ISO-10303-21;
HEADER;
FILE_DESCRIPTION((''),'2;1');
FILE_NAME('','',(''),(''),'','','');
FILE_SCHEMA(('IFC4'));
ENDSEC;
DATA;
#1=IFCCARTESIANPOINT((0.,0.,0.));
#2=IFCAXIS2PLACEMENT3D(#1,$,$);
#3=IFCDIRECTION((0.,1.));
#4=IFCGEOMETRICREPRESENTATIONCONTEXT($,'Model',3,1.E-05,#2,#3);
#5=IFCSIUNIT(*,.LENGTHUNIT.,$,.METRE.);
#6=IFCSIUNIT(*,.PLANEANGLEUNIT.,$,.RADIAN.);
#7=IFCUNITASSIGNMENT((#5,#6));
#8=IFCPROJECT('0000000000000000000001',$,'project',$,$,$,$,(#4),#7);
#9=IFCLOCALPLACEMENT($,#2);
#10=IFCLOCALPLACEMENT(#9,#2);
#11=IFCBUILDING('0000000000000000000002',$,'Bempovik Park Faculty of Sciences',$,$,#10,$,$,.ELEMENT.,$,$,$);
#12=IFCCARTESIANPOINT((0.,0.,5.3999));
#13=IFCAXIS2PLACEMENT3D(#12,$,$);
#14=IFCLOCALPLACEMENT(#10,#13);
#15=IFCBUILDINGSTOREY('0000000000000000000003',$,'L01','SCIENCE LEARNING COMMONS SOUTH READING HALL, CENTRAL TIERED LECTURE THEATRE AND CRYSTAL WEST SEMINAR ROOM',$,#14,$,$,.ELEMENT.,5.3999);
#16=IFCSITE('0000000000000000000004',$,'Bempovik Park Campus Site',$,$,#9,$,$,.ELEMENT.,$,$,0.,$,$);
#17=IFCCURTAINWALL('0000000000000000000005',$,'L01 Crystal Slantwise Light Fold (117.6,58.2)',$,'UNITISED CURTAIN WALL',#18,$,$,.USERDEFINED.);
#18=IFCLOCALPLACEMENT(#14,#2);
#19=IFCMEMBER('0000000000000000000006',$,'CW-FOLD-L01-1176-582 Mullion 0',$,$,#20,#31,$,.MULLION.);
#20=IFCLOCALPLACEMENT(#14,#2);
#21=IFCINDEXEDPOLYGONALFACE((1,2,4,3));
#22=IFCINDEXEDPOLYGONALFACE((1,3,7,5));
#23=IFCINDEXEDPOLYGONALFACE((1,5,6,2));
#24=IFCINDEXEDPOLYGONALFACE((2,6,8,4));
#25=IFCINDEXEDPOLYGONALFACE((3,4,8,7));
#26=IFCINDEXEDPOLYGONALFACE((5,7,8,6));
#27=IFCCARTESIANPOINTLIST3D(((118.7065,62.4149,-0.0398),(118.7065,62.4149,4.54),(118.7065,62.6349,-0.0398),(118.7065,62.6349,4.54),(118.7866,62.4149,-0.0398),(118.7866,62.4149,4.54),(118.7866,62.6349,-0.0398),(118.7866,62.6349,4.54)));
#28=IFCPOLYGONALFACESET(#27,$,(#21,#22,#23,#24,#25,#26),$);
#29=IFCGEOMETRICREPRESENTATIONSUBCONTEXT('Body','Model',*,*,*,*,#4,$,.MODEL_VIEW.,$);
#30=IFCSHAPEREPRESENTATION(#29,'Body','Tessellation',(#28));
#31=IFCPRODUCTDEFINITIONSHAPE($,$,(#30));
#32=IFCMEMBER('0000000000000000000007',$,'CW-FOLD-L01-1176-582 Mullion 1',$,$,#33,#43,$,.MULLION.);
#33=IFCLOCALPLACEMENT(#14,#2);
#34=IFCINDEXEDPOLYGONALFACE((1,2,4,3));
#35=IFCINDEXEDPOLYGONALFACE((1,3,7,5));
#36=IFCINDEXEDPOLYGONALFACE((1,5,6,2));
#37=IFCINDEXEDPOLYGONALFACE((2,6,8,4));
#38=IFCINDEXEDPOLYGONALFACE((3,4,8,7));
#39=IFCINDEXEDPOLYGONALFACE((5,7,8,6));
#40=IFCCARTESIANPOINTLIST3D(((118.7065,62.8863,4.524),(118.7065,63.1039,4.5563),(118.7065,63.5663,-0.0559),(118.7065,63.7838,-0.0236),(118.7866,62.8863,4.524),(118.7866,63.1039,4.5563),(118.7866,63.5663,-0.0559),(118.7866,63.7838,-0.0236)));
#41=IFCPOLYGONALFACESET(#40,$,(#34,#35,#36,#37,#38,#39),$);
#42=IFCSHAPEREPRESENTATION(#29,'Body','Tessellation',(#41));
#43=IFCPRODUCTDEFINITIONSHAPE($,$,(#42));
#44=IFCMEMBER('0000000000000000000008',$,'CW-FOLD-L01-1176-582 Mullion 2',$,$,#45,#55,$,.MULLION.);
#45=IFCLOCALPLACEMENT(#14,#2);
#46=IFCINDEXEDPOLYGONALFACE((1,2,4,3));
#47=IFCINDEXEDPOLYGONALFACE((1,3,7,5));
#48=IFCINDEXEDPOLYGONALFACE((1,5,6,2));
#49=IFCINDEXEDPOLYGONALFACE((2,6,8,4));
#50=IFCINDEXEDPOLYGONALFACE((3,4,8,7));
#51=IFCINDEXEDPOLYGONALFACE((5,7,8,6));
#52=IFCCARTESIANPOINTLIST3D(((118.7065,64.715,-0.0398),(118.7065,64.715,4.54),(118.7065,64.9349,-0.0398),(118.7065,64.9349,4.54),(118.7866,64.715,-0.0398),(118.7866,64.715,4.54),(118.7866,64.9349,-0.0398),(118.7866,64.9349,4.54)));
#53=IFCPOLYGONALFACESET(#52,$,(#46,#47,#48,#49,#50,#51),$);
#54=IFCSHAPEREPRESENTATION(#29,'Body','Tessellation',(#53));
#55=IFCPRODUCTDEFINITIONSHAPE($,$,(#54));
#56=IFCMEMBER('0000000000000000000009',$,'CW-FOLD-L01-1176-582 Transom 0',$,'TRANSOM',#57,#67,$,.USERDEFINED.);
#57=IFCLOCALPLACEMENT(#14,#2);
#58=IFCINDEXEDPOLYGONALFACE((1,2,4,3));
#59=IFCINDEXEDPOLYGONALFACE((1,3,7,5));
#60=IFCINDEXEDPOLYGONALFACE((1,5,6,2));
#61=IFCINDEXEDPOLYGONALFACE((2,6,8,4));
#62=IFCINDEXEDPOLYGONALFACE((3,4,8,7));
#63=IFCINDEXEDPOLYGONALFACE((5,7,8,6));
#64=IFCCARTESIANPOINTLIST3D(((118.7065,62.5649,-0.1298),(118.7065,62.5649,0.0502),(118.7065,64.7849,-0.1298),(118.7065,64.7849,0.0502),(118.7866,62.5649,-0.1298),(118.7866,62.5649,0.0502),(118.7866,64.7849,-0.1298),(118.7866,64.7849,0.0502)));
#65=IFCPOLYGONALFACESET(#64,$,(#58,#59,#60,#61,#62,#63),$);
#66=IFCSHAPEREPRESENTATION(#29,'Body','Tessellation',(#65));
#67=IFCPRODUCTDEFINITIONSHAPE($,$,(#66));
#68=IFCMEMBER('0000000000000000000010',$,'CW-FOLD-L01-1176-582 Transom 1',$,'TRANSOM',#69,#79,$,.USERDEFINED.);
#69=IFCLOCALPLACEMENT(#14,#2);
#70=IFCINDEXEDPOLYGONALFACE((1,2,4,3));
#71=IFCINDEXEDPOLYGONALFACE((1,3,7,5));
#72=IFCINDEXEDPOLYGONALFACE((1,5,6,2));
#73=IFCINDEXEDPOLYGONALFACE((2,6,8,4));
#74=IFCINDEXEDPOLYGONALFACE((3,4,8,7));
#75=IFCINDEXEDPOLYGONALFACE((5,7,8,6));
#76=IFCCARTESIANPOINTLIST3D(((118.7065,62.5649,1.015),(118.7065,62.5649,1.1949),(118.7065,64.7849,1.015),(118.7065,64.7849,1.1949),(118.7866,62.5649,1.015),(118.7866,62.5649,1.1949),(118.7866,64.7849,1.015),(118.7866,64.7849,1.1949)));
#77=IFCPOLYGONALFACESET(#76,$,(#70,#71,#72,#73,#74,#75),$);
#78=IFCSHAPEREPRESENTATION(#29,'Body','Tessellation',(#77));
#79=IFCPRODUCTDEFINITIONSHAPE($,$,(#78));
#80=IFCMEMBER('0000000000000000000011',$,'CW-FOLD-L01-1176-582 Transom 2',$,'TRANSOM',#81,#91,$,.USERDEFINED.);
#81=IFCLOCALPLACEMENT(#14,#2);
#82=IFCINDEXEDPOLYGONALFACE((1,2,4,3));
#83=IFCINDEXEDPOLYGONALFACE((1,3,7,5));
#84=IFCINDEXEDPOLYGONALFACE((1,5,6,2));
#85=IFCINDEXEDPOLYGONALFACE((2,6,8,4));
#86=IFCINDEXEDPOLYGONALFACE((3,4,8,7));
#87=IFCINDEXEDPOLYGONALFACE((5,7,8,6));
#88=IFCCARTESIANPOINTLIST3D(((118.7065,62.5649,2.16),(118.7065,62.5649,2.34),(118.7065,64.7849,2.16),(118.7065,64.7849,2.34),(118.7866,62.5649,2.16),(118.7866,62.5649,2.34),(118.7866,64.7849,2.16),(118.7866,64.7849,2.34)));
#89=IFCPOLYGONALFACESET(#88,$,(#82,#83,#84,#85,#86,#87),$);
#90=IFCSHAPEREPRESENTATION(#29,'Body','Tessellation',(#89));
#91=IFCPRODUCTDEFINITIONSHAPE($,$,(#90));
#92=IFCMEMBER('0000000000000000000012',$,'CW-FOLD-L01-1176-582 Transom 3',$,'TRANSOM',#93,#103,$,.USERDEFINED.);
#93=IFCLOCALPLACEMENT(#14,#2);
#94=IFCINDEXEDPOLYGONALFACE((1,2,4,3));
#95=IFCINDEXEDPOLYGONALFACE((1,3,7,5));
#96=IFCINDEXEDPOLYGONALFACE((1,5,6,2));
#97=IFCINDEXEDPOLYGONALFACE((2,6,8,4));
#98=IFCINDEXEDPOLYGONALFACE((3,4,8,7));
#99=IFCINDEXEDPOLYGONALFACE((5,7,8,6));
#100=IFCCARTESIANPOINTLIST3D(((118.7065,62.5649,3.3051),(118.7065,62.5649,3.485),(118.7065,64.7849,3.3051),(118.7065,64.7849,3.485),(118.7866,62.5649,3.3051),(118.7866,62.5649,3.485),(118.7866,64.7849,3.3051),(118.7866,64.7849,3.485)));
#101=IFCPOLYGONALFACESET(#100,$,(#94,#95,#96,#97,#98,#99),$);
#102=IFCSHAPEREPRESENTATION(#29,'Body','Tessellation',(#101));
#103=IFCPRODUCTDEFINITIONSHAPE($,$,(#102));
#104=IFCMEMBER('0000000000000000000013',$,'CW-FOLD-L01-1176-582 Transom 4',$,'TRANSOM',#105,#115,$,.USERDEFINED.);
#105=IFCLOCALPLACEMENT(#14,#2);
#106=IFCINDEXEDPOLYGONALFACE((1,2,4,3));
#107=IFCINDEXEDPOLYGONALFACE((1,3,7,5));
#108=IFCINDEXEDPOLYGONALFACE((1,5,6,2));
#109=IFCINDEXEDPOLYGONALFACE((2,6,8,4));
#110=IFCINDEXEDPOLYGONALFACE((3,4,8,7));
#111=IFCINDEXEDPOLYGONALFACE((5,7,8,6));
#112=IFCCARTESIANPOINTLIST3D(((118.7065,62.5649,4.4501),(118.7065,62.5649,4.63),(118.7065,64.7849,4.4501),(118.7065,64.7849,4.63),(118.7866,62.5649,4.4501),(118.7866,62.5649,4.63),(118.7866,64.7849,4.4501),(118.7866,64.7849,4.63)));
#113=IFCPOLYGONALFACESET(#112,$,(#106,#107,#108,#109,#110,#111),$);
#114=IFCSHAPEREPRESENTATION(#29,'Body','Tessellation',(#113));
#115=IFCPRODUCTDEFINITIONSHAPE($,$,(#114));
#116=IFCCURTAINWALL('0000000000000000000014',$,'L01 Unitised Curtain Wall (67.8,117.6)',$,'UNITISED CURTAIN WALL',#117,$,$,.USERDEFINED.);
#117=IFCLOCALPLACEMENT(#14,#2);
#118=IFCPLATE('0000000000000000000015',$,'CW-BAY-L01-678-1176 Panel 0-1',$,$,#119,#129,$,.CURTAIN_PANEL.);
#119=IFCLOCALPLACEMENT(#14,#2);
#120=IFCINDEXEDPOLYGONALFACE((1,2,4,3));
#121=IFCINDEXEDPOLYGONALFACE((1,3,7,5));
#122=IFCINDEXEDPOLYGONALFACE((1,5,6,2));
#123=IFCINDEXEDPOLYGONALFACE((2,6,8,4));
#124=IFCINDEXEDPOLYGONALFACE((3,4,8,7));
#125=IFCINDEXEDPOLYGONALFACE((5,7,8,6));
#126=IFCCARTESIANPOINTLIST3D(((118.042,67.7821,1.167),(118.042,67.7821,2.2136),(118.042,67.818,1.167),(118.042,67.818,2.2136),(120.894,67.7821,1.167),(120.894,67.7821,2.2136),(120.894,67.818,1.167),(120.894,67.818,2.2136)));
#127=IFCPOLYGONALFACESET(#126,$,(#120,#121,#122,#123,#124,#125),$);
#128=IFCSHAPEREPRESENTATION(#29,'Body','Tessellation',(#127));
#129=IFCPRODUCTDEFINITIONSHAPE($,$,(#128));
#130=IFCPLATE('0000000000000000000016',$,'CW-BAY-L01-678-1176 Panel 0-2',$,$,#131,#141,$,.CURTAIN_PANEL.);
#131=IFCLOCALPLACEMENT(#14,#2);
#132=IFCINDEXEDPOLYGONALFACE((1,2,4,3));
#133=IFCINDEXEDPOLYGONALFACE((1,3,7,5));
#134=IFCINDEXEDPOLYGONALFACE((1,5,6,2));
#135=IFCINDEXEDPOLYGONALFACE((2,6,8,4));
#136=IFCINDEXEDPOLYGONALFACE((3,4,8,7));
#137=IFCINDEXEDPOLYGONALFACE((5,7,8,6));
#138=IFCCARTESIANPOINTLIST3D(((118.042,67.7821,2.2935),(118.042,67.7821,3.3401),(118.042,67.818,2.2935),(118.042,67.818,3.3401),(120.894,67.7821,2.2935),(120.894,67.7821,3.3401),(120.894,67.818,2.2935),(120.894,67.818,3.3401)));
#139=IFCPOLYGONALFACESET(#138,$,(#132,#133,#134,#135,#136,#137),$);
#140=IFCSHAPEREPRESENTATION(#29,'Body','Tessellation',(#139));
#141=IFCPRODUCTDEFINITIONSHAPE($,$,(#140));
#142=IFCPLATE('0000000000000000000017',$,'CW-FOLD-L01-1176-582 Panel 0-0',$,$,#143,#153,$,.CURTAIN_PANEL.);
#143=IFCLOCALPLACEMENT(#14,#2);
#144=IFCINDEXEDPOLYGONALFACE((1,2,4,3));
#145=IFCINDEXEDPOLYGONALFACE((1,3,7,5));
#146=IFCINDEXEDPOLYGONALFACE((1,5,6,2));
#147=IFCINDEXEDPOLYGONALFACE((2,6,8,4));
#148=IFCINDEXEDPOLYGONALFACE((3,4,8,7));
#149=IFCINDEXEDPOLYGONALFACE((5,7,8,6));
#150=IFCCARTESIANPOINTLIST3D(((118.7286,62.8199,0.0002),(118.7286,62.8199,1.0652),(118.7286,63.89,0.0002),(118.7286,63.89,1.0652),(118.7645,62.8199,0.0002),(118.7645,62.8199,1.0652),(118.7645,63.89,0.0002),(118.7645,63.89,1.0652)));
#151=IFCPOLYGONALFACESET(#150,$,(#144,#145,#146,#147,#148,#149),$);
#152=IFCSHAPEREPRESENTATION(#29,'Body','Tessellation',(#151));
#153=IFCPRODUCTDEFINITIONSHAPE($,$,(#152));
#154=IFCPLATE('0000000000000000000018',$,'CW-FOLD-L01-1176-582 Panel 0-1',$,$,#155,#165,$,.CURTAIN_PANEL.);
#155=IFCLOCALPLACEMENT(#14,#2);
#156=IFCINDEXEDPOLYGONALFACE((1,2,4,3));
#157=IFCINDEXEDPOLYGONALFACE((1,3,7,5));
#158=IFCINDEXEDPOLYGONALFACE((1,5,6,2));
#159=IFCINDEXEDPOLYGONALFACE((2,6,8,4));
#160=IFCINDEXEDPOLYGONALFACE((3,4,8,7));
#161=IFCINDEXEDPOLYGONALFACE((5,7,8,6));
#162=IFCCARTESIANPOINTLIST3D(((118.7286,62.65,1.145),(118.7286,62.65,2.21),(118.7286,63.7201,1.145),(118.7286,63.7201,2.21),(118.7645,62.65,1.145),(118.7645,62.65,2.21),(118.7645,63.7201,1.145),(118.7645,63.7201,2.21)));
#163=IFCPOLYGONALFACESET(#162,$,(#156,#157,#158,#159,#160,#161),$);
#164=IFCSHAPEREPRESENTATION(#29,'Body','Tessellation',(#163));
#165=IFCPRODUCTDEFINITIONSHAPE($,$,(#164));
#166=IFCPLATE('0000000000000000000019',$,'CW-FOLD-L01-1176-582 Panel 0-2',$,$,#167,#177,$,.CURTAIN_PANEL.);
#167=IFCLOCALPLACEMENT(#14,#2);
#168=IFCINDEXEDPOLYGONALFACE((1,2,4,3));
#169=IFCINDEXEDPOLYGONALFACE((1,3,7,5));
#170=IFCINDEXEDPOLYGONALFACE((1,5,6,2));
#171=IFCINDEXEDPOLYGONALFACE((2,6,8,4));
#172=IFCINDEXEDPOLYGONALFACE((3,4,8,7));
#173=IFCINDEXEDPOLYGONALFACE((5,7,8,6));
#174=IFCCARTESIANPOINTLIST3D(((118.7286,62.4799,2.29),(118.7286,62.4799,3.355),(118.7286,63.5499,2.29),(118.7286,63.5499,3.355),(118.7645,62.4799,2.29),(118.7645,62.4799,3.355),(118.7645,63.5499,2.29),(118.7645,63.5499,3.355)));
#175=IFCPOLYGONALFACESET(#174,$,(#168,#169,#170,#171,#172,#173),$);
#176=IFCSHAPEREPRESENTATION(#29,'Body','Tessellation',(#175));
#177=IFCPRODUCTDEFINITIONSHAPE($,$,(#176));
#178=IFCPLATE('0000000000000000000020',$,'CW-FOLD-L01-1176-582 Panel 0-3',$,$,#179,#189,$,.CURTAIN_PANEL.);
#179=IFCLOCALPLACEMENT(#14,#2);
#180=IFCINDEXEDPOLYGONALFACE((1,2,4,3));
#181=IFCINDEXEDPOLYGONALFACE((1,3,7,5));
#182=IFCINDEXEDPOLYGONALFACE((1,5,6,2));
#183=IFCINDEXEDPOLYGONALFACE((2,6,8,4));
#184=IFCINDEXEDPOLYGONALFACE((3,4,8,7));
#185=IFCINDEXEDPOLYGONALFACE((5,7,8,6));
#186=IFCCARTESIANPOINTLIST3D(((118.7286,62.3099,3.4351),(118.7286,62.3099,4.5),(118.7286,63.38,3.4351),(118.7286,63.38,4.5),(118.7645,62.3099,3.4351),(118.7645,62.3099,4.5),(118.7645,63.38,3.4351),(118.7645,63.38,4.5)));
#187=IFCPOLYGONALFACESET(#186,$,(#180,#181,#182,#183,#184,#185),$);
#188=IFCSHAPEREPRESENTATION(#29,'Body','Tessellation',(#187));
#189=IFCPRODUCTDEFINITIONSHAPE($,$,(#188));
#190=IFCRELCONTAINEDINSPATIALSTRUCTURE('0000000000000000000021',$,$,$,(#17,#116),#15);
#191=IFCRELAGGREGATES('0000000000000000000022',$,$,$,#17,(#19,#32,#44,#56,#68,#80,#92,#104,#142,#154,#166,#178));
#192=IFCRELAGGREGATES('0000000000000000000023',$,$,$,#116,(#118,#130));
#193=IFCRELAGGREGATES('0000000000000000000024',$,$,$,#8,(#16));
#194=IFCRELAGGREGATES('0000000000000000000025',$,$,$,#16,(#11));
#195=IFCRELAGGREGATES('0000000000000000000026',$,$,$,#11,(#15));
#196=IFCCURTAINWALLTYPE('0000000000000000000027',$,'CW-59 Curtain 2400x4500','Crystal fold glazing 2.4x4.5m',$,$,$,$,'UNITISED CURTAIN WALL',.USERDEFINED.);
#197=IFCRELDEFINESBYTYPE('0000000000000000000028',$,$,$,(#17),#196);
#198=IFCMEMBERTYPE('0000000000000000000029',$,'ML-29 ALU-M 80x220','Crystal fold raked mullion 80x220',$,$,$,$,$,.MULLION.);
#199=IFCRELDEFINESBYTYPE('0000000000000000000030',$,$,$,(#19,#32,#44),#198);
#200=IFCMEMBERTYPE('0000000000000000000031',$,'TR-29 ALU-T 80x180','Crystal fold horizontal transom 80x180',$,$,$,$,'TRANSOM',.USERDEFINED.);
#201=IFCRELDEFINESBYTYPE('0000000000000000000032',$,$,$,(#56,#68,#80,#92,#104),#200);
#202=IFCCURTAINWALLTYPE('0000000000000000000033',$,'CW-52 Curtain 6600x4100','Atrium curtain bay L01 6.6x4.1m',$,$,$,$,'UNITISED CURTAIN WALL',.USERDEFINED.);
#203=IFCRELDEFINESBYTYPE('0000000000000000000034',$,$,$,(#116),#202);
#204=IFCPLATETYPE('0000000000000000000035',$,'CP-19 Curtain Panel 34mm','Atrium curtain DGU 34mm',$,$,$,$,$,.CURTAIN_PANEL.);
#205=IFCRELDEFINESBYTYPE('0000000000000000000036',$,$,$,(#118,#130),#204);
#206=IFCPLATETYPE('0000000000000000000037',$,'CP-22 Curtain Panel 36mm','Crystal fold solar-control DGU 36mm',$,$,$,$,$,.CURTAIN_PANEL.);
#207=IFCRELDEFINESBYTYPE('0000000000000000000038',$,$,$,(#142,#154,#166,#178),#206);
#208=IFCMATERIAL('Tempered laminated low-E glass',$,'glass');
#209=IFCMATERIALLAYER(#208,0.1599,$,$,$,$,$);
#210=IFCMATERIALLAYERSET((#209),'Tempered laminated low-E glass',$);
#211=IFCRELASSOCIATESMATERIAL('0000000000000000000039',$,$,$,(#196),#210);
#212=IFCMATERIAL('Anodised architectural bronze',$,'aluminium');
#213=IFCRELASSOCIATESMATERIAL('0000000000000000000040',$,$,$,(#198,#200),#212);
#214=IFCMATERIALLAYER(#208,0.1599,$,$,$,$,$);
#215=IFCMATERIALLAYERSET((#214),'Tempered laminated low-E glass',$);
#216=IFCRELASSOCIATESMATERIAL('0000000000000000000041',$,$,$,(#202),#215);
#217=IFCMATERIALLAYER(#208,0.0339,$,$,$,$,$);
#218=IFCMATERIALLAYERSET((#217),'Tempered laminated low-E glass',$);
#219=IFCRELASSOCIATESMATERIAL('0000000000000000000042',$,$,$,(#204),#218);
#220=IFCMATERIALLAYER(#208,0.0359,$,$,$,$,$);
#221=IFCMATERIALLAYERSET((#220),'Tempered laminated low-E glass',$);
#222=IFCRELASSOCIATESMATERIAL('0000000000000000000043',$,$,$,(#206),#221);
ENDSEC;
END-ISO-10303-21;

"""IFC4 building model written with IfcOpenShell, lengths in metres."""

from ifc_helpers import new_model, si_unit, direction, frame, origin, origin_2d, place, context, subcontext, project, spatial, rectangle, extrude, material, layer, layer_set, material_profile, profile_set, type_object, element, aggregate, save


model = new_model("IFC4")

# Units and contexts
model_context = context("Model", 3, precision=1e-05, world=origin(), true_north=direction((0.0, 1.0)))
body_context = subcontext(model_context, "Body", "Model", "MODEL_VIEW")
ifc_project = project(units=[si_unit("LENGTHUNIT", "METRE"), si_unit("PLANEANGLEUNIT", "RADIAN")], contexts=[model_context])

# Site, building, storey
site_placement = place(None, origin())
site = spatial("IfcSite", under=ifc_project, at=site_placement, Name="Bempovik Park Campus Site", CompositionType="ELEMENT", RefElevation=0.0)
building_placement = place(site_placement, origin())
building = spatial("IfcBuilding", under=site, at=building_placement, Name="Bempovik Park Faculty of Sciences", CompositionType="ELEMENT")
storey_placement = place(building_placement, frame((0.0, 0.0, 5.3999)))
storey = spatial("IfcBuildingStorey", under=building, at=storey_placement, Name="L01", Description="SCIENCE LEARNING COMMONS SOUTH READING HALL, CENTRAL TIERED LECTURE THEATRE AND CRYSTAL WEST SEMINAR ROOM", CompositionType="ELEMENT", Elevation=5.3999)

# Curtain wall, members
ifc_material_1 = material(Name="Tempered laminated low-E glass", Category="glass")
ifc_layer_1 = layer(ifc_material_1, 0.1599)
ifc_layer_set_1 = layer_set([ifc_layer_1], Name="Tempered laminated low-E glass")
curtain_wall_type_1 = type_object("IfcCurtainWallType", Name="CW-59 Curtain 2400x4500", Description="Crystal fold glazing 2.4x4.5m", ElementType="UNITISED CURTAIN WALL", PredefinedType="USERDEFINED", material=ifc_layer_set_1)
curtain_wall_1_placement = place(storey_placement, origin())
curtain_wall_1 = element("IfcCurtainWall", 1, at=curtain_wall_1_placement, inside=storey, type_object=curtain_wall_type_1, Name="L01 Crystal Slantwise Light Fold (117.6,58.2)", ObjectType="UNITISED CURTAIN WALL", PredefinedType="USERDEFINED")
ifc_material_2 = material(Name="Anodised architectural bronze", Category="aluminium")
ifc_material_profile_1 = material_profile(ifc_material_2, rectangle(XDim=0.0801, YDim=0.22, at=origin_2d()), Name="ALU-M 80x220")
ifc_profile_set_1 = profile_set([ifc_material_profile_1], Name="Anodised architectural bronze")
member_type_1 = type_object("IfcMemberType", Name="ML-29 ALU-M 80x220", Description="Crystal fold raked mullion 80x220", PredefinedType="MULLION", material=ifc_profile_set_1)
member_1_placement = place(storey_placement, frame((118.7466, 62.5249, -0.0398), z_axis=(0.0, 0.0, 1.0), x_axis=(1.0, 0.0, 0.0)))
member_1 = element("IfcMember", 2, at=member_1_placement, type_object=member_type_1, Name="CW-FOLD-L01-1176-582 Mullion 0", PredefinedType="MULLION", context=body_context, shape_type="SweptSolid", body=[
    extrude(rectangle(XDim=0.0801, YDim=0.22, at=origin_2d()), origin(), (0.0, 0.0, 1.0), 4.5798),
])
member_2_placement = place(storey_placement, frame((118.7466, 63.675, -0.0398), z_axis=(0.0, -0.146853, 0.989158), x_axis=(1.0, 0.0, 0.0)))
member_2 = element("IfcMember", 3, at=member_2_placement, type_object=member_type_1, Name="CW-FOLD-L01-1176-582 Mullion 1", PredefinedType="MULLION", context=body_context, shape_type="SweptSolid", body=[
    extrude(rectangle(XDim=0.0801, YDim=0.22, at=origin_2d()), origin(), (0.0, 0.0, 1.0), 4.6301),
])
member_3_placement = place(storey_placement, frame((118.7466, 64.825, -0.0398), z_axis=(0.0, 0.0, 1.0), x_axis=(1.0, 0.0, 0.0)))
member_3 = element("IfcMember", 4, at=member_3_placement, type_object=member_type_1, Name="CW-FOLD-L01-1176-582 Mullion 2", PredefinedType="MULLION", context=body_context, shape_type="SweptSolid", body=[
    extrude(rectangle(XDim=0.0801, YDim=0.22, at=origin_2d()), origin(), (0.0, 0.0, 1.0), 4.5798),
])
ifc_material_profile_2 = material_profile(ifc_material_2, rectangle(XDim=0.0801, YDim=0.1799, at=origin_2d()), Name="ALU-T 80x180")
ifc_profile_set_2 = profile_set([ifc_material_profile_2], Name="Anodised architectural bronze")
member_type_2 = type_object("IfcMemberType", Name="TR-29 ALU-T 80x180", Description="Crystal fold horizontal transom 80x180", ElementType="TRANSOM", PredefinedType="USERDEFINED", material=ifc_profile_set_2)
member_4_placement = place(storey_placement, frame((118.7466, 62.5649, -0.0398), z_axis=(0.0, 1.0, 0.0), x_axis=(-1.0, 0.0, 0.0)))
member_4 = element("IfcMember", 5, at=member_4_placement, type_object=member_type_2, Name="CW-FOLD-L01-1176-582 Transom 0", ObjectType="TRANSOM", PredefinedType="USERDEFINED", context=body_context, shape_type="SweptSolid", body=[
    extrude(rectangle(XDim=0.0801, YDim=0.1799, at=origin_2d()), origin(), (0.0, 0.0, 1.0), 2.22),
])
member_5_placement = place(storey_placement, frame((118.7466, 62.5649, 1.105), z_axis=(0.0, 1.0, 0.0), x_axis=(-1.0, 0.0, 0.0)))
member_5 = element("IfcMember", 6, at=member_5_placement, type_object=member_type_2, Name="CW-FOLD-L01-1176-582 Transom 1", ObjectType="TRANSOM", PredefinedType="USERDEFINED", context=body_context, shape_type="SweptSolid", body=[
    extrude(rectangle(XDim=0.0801, YDim=0.1799, at=origin_2d()), origin(), (0.0, 0.0, 1.0), 2.22),
])
member_6_placement = place(storey_placement, frame((118.7466, 62.5649, 2.25), z_axis=(0.0, 1.0, 0.0), x_axis=(-1.0, 0.0, 0.0)))
member_6 = element("IfcMember", 7, at=member_6_placement, type_object=member_type_2, Name="CW-FOLD-L01-1176-582 Transom 2", ObjectType="TRANSOM", PredefinedType="USERDEFINED", context=body_context, shape_type="SweptSolid", body=[
    extrude(rectangle(XDim=0.0801, YDim=0.1799, at=origin_2d()), origin(), (0.0, 0.0, 1.0), 2.22),
])
member_7_placement = place(storey_placement, frame((118.7466, 62.5649, 3.395), z_axis=(0.0, 1.0, 0.0), x_axis=(-1.0, 0.0, 0.0)))
member_7 = element("IfcMember", 8, at=member_7_placement, type_object=member_type_2, Name="CW-FOLD-L01-1176-582 Transom 3", ObjectType="TRANSOM", PredefinedType="USERDEFINED", context=body_context, shape_type="SweptSolid", body=[
    extrude(rectangle(XDim=0.0801, YDim=0.1799, at=origin_2d()), origin(), (0.0, 0.0, 1.0), 2.22),
])
member_8_placement = place(storey_placement, frame((118.7466, 62.5649, 4.54), z_axis=(0.0, 1.0, 0.0), x_axis=(-1.0, 0.0, 0.0)))
member_8 = element("IfcMember", 9, at=member_8_placement, type_object=member_type_2, Name="CW-FOLD-L01-1176-582 Transom 4", ObjectType="TRANSOM", PredefinedType="USERDEFINED", context=body_context, shape_type="SweptSolid", body=[
    extrude(rectangle(XDim=0.0801, YDim=0.1799, at=origin_2d()), origin(), (0.0, 0.0, 1.0), 2.22),
])

# Curtain wall, plates
ifc_layer_2 = layer(ifc_material_1, 0.1599)
ifc_layer_set_2 = layer_set([ifc_layer_2], Name="Tempered laminated low-E glass")
curtain_wall_type_2 = type_object("IfcCurtainWallType", Name="CW-52 Curtain 6600x4100", Description="Atrium curtain bay L01 6.6x4.1m", ElementType="UNITISED CURTAIN WALL", PredefinedType="USERDEFINED", material=ifc_layer_set_2)
curtain_wall_2_placement = place(storey_placement, origin())
curtain_wall_2 = element("IfcCurtainWall", 10, at=curtain_wall_2_placement, inside=storey, type_object=curtain_wall_type_2, Name="L01 Unitised Curtain Wall (67.8,117.6)", ObjectType="UNITISED CURTAIN WALL", PredefinedType="USERDEFINED")
ifc_layer_3 = layer(ifc_material_1, 0.0339)
ifc_layer_set_3 = layer_set([ifc_layer_3], Name="Tempered laminated low-E glass")
plate_type_1 = type_object("IfcPlateType", Name="CP-19 Curtain Panel 34mm", Description="Atrium curtain DGU 34mm", PredefinedType="CURTAIN_PANEL", material=ifc_layer_set_3)
plate_1_placement = place(storey_placement, frame((119.468, 67.8, 1.167), z_axis=(0.0, 0.0, 1.0), x_axis=(1.0, 0.0, 0.0)))
plate_1 = element("IfcPlate", 11, at=plate_1_placement, type_object=plate_type_1, Name="CW-BAY-L01-678-1176 Panel 0-1", PredefinedType="CURTAIN_PANEL", context=body_context, shape_type="SweptSolid", body=[
    extrude(rectangle(XDim=2.8521, YDim=0.0359, at=origin_2d()), origin(), (0.0, 0.0, 1.0), 1.0466),
])
plate_2_placement = place(storey_placement, frame((119.468, 67.8, 2.2935), z_axis=(0.0, 0.0, 1.0), x_axis=(1.0, 0.0, 0.0)))
plate_2 = element("IfcPlate", 12, at=plate_2_placement, type_object=plate_type_1, Name="CW-BAY-L01-678-1176 Panel 0-2", PredefinedType="CURTAIN_PANEL", context=body_context, shape_type="SweptSolid", body=[
    extrude(rectangle(XDim=2.8521, YDim=0.0359, at=origin_2d()), origin(), (0.0, 0.0, 1.0), 1.0466),
])

# Plates
ifc_layer_4 = layer(ifc_material_1, 0.0359)
ifc_layer_set_4 = layer_set([ifc_layer_4], Name="Tempered laminated low-E glass")
plate_type_2 = type_object("IfcPlateType", Name="CP-22 Curtain Panel 36mm", Description="Crystal fold solar-control DGU 36mm", PredefinedType="CURTAIN_PANEL", material=ifc_layer_set_4)
plate_3_placement = place(storey_placement, frame((118.7466, 63.355, 0.0002), z_axis=(0.0, 0.0, 1.0), x_axis=(0.0, 1.0, 0.0)))
plate_3 = element("IfcPlate", 13, at=plate_3_placement, type_object=plate_type_2, Name="CW-FOLD-L01-1176-582 Panel 0-0", PredefinedType="CURTAIN_PANEL", context=body_context, shape_type="SweptSolid", body=[
    extrude(rectangle(XDim=1.0701, YDim=0.0359, at=origin_2d()), origin(), (0.0, 0.0, 1.0), 1.0649),
])
plate_4_placement = place(storey_placement, frame((118.7466, 63.1851, 1.145), z_axis=(0.0, 0.0, 1.0), x_axis=(0.0, 1.0, 0.0)))
plate_4 = element("IfcPlate", 14, at=plate_4_placement, type_object=plate_type_2, Name="CW-FOLD-L01-1176-582 Panel 0-1", PredefinedType="CURTAIN_PANEL", context=body_context, shape_type="SweptSolid", body=[
    extrude(rectangle(XDim=1.0701, YDim=0.0359, at=origin_2d()), origin(), (0.0, 0.0, 1.0), 1.0649),
])
plate_5_placement = place(storey_placement, frame((118.7466, 63.0149, 2.29), z_axis=(0.0, 0.0, 1.0), x_axis=(0.0, 1.0, 0.0)))
plate_5 = element("IfcPlate", 15, at=plate_5_placement, type_object=plate_type_2, Name="CW-FOLD-L01-1176-582 Panel 0-2", PredefinedType="CURTAIN_PANEL", context=body_context, shape_type="SweptSolid", body=[
    extrude(rectangle(XDim=1.0701, YDim=0.0359, at=origin_2d()), origin(), (0.0, 0.0, 1.0), 1.0649),
])
plate_6_placement = place(storey_placement, frame((118.7466, 62.845, 3.4351), z_axis=(0.0, 0.0, 1.0), x_axis=(0.0, 1.0, 0.0)))
plate_6 = element("IfcPlate", 16, at=plate_6_placement, type_object=plate_type_2, Name="CW-FOLD-L01-1176-582 Panel 0-3", PredefinedType="CURTAIN_PANEL", context=body_context, shape_type="SweptSolid", body=[
    extrude(rectangle(XDim=1.0701, YDim=0.0359, at=origin_2d()), origin(), (0.0, 0.0, 1.0), 1.0649),
])
aggregate(curtain_wall_1, [member_1, member_2, member_3, member_4, member_5, member_6, member_7, member_8, plate_3, plate_4, plate_5, plate_6])
aggregate(curtain_wall_2, [plate_1, plate_2])

save(model, "model.ifc")
